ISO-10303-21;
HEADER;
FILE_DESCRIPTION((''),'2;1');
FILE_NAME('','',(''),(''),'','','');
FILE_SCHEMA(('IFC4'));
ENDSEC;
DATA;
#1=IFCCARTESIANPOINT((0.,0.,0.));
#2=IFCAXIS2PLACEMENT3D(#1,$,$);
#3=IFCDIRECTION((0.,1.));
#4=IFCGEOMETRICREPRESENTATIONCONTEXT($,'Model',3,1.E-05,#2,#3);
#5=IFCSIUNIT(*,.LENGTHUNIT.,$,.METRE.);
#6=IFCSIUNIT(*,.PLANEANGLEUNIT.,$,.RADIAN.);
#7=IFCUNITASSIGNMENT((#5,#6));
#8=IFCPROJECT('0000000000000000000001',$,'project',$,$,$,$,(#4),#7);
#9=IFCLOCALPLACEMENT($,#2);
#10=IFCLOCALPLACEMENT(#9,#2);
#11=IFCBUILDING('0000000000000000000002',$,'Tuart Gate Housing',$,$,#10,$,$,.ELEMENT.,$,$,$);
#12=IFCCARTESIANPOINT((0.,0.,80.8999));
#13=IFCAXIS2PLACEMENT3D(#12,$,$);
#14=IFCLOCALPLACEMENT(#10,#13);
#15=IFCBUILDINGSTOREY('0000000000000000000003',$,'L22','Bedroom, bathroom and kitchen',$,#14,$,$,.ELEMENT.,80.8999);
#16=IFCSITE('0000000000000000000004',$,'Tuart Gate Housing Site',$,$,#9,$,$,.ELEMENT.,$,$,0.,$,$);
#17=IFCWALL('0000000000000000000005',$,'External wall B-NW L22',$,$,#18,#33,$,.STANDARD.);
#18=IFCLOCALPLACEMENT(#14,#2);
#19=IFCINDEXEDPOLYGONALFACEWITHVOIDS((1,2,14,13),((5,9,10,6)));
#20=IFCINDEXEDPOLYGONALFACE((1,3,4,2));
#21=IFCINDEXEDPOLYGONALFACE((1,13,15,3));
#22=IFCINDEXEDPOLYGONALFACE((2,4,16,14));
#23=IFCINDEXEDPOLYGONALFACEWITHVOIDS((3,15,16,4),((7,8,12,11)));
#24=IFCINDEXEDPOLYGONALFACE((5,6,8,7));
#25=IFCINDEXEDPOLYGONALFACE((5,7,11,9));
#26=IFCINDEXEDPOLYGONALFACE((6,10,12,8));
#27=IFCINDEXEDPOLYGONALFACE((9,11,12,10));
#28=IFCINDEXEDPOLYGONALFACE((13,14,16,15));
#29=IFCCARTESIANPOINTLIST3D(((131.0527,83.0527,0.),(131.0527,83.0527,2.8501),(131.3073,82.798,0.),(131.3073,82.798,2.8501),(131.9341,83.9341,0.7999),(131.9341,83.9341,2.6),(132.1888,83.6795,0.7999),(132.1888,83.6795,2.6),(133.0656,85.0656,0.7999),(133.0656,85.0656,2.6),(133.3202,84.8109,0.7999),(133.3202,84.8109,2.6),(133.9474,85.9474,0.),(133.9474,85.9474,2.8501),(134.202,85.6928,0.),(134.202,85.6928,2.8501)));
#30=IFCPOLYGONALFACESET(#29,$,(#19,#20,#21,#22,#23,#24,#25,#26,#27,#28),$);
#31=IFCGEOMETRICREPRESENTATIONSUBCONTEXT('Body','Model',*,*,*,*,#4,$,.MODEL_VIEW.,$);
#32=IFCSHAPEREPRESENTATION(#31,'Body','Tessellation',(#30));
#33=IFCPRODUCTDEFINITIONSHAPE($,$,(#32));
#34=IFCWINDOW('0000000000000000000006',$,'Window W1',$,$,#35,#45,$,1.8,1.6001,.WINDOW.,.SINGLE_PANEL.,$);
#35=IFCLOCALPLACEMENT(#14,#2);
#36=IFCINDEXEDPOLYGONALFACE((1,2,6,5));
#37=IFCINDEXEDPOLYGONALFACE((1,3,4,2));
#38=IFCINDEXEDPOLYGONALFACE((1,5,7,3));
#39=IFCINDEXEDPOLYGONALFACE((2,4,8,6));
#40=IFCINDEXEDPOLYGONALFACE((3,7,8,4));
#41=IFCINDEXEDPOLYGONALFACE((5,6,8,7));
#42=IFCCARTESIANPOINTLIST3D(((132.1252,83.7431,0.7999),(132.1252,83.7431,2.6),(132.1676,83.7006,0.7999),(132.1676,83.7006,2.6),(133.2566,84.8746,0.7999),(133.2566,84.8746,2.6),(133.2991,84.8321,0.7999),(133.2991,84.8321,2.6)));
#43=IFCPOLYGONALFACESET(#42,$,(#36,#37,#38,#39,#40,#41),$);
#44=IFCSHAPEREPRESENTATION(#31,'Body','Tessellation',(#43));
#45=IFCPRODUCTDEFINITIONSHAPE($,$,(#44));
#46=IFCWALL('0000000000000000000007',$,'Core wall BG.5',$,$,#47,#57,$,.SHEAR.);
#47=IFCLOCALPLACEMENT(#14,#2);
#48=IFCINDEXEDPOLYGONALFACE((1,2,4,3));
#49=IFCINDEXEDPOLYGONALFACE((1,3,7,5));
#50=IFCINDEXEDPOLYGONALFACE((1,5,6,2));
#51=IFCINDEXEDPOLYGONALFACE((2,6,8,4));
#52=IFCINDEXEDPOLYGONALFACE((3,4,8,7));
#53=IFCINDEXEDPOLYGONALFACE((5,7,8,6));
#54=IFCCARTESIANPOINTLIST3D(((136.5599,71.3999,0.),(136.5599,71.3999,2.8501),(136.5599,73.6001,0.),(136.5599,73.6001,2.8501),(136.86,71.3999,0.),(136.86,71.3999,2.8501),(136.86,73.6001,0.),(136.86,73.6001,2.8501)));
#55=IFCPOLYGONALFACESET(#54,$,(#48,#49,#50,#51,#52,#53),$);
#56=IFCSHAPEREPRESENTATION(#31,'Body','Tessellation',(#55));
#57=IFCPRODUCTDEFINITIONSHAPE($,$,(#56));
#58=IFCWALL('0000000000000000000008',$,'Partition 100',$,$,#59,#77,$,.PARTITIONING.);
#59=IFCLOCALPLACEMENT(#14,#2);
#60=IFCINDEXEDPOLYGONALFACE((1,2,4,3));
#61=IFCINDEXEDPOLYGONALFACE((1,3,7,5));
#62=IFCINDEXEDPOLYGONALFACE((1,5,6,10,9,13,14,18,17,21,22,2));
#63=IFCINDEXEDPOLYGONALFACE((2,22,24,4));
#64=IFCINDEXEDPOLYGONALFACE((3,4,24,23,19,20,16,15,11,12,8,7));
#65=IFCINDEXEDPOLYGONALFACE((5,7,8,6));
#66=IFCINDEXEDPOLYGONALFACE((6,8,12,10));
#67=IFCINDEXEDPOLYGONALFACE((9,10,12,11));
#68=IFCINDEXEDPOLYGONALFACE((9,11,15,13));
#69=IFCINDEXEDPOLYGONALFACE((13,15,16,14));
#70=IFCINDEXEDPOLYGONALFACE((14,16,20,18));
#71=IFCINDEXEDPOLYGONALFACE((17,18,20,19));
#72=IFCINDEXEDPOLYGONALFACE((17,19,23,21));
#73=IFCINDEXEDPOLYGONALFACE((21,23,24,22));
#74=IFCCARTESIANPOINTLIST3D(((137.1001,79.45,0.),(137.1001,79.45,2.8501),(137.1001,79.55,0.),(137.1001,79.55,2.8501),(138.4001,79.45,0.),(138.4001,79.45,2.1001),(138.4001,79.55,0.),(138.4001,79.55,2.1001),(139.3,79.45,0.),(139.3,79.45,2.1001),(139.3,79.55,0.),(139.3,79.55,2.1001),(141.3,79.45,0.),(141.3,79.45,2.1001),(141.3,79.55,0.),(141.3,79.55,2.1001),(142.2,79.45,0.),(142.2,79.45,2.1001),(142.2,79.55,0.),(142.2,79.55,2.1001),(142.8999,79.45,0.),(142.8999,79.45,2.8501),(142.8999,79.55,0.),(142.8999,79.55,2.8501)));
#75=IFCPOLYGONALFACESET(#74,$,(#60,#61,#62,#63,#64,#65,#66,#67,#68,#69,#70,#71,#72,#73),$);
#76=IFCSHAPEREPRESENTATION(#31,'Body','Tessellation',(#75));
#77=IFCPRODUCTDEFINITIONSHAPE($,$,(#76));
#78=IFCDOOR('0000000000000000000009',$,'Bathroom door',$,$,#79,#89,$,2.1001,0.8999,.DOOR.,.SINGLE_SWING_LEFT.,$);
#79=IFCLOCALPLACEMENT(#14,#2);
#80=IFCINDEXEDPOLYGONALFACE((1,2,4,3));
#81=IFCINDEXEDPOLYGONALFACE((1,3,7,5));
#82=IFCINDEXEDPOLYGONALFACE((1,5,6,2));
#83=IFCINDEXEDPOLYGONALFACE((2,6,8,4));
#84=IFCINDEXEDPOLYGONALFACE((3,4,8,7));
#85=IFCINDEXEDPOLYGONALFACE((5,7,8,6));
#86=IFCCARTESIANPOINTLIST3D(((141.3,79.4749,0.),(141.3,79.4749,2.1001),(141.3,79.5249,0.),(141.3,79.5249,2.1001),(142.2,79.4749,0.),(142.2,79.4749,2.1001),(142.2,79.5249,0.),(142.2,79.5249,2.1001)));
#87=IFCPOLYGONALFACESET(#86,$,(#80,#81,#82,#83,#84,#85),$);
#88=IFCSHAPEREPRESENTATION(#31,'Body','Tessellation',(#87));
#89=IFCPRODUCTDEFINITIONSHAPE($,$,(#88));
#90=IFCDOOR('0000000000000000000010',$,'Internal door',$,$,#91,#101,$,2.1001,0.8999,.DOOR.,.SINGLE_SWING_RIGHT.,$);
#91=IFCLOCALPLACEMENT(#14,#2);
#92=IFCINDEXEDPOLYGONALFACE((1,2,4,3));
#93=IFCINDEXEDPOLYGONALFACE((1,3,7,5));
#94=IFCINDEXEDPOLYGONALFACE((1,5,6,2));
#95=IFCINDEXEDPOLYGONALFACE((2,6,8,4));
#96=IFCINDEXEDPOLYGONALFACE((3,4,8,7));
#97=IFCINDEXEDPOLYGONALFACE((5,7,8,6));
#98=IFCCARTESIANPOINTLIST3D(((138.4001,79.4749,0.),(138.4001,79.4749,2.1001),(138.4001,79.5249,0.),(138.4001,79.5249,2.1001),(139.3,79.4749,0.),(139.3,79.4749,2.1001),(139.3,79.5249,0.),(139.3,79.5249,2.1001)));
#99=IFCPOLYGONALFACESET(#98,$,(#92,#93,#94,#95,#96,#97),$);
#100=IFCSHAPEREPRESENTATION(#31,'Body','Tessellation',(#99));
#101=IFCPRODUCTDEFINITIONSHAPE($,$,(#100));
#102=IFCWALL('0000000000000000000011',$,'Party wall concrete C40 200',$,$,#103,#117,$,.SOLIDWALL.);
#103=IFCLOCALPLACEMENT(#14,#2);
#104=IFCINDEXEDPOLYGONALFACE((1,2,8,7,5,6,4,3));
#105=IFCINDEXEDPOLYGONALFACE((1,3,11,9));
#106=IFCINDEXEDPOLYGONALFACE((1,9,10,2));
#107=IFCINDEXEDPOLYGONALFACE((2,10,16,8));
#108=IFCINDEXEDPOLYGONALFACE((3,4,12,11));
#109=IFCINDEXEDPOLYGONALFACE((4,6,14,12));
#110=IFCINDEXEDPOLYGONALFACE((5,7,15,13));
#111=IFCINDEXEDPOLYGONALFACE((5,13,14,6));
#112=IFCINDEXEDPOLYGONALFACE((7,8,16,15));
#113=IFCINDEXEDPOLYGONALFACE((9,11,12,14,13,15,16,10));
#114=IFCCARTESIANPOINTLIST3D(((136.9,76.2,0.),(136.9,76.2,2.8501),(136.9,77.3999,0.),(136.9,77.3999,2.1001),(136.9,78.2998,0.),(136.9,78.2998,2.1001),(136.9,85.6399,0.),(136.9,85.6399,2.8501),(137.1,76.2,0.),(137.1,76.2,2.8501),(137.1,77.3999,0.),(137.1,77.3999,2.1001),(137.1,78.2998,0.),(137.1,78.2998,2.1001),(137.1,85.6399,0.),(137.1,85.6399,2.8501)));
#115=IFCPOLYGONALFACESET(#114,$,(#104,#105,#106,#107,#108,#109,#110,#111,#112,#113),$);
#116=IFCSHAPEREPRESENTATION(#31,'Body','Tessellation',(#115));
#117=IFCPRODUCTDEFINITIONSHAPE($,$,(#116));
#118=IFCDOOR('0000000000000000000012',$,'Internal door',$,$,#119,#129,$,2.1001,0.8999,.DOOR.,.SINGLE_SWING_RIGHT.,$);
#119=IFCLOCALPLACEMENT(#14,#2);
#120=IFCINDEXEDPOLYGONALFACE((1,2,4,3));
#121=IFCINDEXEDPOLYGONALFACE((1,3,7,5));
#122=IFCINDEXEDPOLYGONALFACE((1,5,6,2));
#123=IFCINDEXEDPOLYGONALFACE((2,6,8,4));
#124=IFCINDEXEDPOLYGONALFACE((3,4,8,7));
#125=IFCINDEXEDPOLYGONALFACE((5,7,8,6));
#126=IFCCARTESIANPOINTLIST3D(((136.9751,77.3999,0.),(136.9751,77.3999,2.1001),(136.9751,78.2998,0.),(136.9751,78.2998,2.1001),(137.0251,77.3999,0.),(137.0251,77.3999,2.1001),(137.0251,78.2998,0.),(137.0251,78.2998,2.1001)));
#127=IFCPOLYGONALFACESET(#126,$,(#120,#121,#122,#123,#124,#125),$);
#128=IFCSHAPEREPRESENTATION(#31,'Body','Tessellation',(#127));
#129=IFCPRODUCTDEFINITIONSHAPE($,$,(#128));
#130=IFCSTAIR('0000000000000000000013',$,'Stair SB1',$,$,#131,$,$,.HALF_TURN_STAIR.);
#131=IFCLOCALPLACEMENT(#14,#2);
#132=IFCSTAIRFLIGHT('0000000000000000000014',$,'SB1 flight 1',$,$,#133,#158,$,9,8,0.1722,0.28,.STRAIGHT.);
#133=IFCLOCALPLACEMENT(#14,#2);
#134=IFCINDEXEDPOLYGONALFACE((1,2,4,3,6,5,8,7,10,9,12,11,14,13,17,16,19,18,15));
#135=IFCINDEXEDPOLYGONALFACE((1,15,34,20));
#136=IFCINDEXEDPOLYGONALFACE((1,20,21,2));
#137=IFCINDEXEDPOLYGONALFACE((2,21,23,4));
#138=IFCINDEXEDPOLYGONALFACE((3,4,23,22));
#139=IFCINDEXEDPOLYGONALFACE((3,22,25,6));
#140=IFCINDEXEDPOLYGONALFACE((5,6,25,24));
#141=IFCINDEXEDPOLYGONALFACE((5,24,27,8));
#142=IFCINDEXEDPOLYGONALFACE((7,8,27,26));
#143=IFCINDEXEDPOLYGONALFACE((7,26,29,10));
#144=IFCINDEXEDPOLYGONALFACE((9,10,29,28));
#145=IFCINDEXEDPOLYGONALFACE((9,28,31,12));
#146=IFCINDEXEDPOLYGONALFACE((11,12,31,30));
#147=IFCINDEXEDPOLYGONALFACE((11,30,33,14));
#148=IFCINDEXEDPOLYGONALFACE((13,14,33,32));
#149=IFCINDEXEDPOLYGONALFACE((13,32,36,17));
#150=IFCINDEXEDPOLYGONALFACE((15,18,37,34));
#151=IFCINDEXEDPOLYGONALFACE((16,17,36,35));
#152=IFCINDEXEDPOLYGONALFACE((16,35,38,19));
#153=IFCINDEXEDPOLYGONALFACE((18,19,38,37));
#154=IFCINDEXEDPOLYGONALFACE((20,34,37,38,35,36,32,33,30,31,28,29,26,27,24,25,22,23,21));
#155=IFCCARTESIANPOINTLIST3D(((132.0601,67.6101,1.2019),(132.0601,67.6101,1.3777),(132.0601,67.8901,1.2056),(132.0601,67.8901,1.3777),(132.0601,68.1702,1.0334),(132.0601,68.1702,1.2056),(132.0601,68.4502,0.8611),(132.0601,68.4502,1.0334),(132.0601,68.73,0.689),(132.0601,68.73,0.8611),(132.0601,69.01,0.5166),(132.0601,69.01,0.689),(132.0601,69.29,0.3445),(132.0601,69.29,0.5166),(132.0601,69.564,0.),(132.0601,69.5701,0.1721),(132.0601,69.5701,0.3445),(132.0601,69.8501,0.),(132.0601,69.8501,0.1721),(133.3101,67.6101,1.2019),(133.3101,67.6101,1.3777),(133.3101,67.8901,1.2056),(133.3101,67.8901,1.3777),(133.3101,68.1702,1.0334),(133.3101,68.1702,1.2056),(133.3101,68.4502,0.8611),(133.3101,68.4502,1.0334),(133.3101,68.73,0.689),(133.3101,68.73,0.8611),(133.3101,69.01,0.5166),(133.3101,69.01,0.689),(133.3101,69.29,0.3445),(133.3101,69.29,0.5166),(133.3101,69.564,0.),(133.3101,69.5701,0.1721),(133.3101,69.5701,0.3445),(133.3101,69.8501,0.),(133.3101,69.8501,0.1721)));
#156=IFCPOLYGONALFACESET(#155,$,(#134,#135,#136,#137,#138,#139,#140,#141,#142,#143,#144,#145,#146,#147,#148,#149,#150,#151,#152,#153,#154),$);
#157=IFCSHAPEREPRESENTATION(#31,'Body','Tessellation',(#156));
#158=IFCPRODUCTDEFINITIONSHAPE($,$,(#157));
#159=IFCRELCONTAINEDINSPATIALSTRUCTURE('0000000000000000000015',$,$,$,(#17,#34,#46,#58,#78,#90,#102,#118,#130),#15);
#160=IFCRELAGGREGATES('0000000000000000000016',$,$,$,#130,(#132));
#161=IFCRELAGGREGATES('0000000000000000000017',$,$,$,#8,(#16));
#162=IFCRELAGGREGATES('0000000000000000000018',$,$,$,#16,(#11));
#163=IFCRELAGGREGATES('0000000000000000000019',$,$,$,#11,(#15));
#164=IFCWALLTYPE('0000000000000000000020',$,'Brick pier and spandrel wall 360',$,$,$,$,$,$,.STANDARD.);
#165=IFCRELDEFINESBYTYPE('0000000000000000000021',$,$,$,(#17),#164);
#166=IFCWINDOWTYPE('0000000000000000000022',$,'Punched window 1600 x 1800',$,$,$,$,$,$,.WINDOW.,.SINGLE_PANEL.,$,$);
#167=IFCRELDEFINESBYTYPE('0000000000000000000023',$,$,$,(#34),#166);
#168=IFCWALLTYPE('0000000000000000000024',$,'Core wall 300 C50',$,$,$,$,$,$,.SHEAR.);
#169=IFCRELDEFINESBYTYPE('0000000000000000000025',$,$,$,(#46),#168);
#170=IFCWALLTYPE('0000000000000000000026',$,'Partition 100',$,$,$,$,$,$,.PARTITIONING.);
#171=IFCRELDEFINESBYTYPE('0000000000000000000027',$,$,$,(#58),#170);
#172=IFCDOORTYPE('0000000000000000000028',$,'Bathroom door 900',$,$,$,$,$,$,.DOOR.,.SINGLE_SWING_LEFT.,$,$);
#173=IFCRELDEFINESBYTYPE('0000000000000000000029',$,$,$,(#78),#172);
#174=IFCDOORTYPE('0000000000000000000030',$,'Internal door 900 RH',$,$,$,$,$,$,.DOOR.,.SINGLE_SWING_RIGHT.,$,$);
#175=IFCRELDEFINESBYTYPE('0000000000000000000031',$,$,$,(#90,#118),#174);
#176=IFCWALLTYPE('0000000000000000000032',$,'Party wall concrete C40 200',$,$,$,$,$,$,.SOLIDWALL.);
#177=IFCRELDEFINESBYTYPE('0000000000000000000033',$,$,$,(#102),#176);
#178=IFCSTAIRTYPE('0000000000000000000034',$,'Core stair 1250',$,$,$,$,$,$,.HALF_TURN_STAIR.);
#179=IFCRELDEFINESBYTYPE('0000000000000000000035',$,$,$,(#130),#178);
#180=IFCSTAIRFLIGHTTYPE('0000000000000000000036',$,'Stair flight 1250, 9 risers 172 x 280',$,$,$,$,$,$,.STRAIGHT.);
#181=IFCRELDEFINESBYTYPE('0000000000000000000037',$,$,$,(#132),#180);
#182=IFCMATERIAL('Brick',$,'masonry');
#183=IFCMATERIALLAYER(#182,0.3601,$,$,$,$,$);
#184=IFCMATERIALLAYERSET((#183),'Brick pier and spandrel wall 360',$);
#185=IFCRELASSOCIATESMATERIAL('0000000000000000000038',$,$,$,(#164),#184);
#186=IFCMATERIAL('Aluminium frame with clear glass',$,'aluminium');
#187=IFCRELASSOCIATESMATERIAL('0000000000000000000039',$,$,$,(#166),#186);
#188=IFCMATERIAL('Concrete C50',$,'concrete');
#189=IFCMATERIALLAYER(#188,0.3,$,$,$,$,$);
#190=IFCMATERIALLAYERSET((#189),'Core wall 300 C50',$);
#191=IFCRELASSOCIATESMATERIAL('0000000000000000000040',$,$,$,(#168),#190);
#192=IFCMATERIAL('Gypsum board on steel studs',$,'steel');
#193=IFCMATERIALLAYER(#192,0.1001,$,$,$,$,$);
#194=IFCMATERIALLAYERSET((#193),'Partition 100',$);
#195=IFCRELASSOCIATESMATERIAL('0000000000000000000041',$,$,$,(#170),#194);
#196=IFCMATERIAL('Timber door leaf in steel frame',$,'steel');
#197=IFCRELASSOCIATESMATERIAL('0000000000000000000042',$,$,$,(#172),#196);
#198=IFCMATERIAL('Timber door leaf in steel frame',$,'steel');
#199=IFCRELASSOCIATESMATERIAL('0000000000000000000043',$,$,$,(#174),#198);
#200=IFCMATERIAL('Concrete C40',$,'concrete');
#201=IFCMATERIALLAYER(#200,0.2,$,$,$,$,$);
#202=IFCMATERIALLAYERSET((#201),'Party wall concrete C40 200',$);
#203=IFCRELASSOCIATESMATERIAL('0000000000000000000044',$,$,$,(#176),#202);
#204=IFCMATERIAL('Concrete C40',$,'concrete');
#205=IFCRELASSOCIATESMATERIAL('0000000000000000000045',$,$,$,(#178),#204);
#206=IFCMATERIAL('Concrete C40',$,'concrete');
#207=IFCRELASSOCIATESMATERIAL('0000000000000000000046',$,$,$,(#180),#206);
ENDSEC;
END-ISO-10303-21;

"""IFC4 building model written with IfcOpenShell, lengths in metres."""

from ifc_helpers import new_model, si_unit, direction, frame, frame_2d, origin, place, context, subcontext, project, spatial, polyline, rectangle, outline, extrude, material, layer, layer_set, type_object, element, fill, aggregate, save


model = new_model("IFC4")

# Units and contexts
model_context = context("Model", 3, precision=1e-05, world=origin(), true_north=direction((0.0, 1.0)))
body_context = subcontext(model_context, "Body", "Model", "MODEL_VIEW")
ifc_project = project(units=[si_unit("LENGTHUNIT", "METRE"), si_unit("PLANEANGLEUNIT", "RADIAN")], contexts=[model_context])

# Site, building, storey
site_placement = place(None, origin())
site = spatial("IfcSite", under=ifc_project, at=site_placement, Name="Tuart Gate Housing Site", CompositionType="ELEMENT", RefElevation=0.0)
building_placement = place(site_placement, origin())
building = spatial("IfcBuilding", under=site, at=building_placement, Name="Tuart Gate Housing", CompositionType="ELEMENT")
storey_placement = place(building_placement, frame((0.0, 0.0, 80.8999)))
storey = spatial("IfcBuildingStorey", under=building, at=storey_placement, Name="L22", Description="Bedroom, bathroom and kitchen", CompositionType="ELEMENT", Elevation=80.8999)

# Wall, opening, window
ifc_material_1 = material(Name="Brick", Category="masonry")
ifc_layer_1 = layer(ifc_material_1, 0.3601)
ifc_layer_set_1 = layer_set([ifc_layer_1], Name="Brick pier and spandrel wall 360")
wall_type_1 = type_object("IfcWallType", Name="Brick pier and spandrel wall 360", PredefinedType="STANDARD", material=ifc_layer_set_1)
wall_1_placement = place(storey_placement, frame((134.0747, 85.8201, 0.0), z_axis=(0.0, 0.0, 1.0), x_axis=(-0.707107, -0.707107, 0.0)))
wall_1 = element("IfcWall", 1, at=wall_1_placement, inside=storey, type_object=wall_type_1, Name="External wall B-NW L22", PredefinedType="STANDARD", context=body_context, shape_type="SweptSolid", body=[
    extrude(rectangle(XDim=4.0938, YDim=0.3601, at=frame_2d((2.0469, 0.0))), origin(), (0.0, 0.0, 1.0), 2.8501),
])
opening_1_placement = place(wall_1_placement, frame((1.2471, 0.0, 0.8)))
opening_1 = element("IfcOpeningElement", 2, at=opening_1_placement, cuts=wall_1, PredefinedType="OPENING", context=body_context, shape_type="SweptSolid", body=[
    extrude(rectangle(XDim=1.6001, YDim=1.8, at=frame_2d((0.8, 0.8999))), frame((0.0, 0.1899, 0.0), z_axis=(0.0, -1.0, 0.0), x_axis=(1.0, 0.0, 0.0)), (0.0, 0.0, 1.0), 0.3801),
])
ifc_material_2 = material(Name="Aluminium frame with clear glass", Category="aluminium")
window_type = type_object("IfcWindowType", Name="Punched window 1600 x 1800", PartitioningType="SINGLE_PANEL", PredefinedType="WINDOW", material=ifc_material_2)
window_placement = place(opening_1_placement, origin())
window = element("IfcWindow", 3, at=window_placement, inside=storey, type_object=window_type, Name="Window W1", OverallHeight=1.8, OverallWidth=1.6001, PartitioningType="SINGLE_PANEL", PredefinedType="WINDOW", context=body_context, shape_type="SweptSolid", body=[
    extrude(rectangle(XDim=1.6001, YDim=1.8, at=frame_2d((0.8, 0.8999))), frame((0.0, 0.1501, 0.0), z_axis=(0.0, -1.0, 0.0), x_axis=(1.0, 0.0, 0.0)), (0.0, 0.0, 1.0), 0.0601),
])
fill(opening_1, window)

# Wall
ifc_material_3 = material(Name="Concrete C50", Category="concrete")
ifc_layer_2 = layer(ifc_material_3, 0.3)
ifc_layer_set_2 = layer_set([ifc_layer_2], Name="Core wall 300 C50")
wall_type_2 = type_object("IfcWallType", Name="Core wall 300 C50", PredefinedType="SHEAR", material=ifc_layer_set_2)
wall_2_placement = place(storey_placement, frame((136.71, 71.3999, 0.0), z_axis=(0.0, 0.0, 1.0), x_axis=(0.0, 1.0, 0.0)))
element("IfcWall", 4, at=wall_2_placement, inside=storey, type_object=wall_type_2, Name="Core wall BG.5", PredefinedType="SHEAR", context=body_context, shape_type="SweptSolid", body=[
    extrude(rectangle(XDim=2.2002, YDim=0.3, at=frame_2d((1.1001, 0.0))), origin(), (0.0, 0.0, 1.0), 2.8501),
])

# Wall, openings, doors
ifc_material_4 = material(Name="Gypsum board on steel studs", Category="steel")
ifc_layer_3 = layer(ifc_material_4, 0.1001)
ifc_layer_set_3 = layer_set([ifc_layer_3], Name="Partition 100")
wall_type_3 = type_object("IfcWallType", Name="Partition 100", PredefinedType="PARTITIONING", material=ifc_layer_set_3)
wall_3_placement = place(storey_placement, frame((137.1001, 79.5, 0.0), z_axis=(0.0, 0.0, 1.0), x_axis=(1.0, 0.0, 0.0)))
wall_3 = element("IfcWall", 5, at=wall_3_placement, inside=storey, type_object=wall_type_3, Name="Partition 100", PredefinedType="PARTITIONING", context=body_context, shape_type="SweptSolid", body=[
    extrude(rectangle(XDim=5.7998, YDim=0.1001, at=frame_2d((2.8999, 0.0))), origin(), (0.0, 0.0, 1.0), 2.8501),
])
opening_2_placement = place(wall_3_placement, frame((1.3, 0.0, 0.0)))
opening_2 = element("IfcOpeningElement", 6, at=opening_2_placement, cuts=wall_3, PredefinedType="OPENING", context=body_context, shape_type="SweptSolid", body=[
    extrude(rectangle(XDim=0.8999, YDim=2.1001, at=frame_2d((0.45, 1.05))), frame((0.0, 0.0601, 0.0), z_axis=(0.0, -1.0, 0.0), x_axis=(1.0, 0.0, 0.0)), (0.0, 0.0, 1.0), 0.1201),
])
opening_3_placement = place(wall_3_placement, frame((4.2, 0.0, 0.0)))
opening_3 = element("IfcOpeningElement", 7, at=opening_3_placement, cuts=wall_3, PredefinedType="OPENING", context=body_context, shape_type="SweptSolid", body=[
    extrude(rectangle(XDim=0.8999, YDim=2.1001, at=frame_2d((0.45, 1.05))), frame((0.0, 0.0601, 0.0), z_axis=(0.0, -1.0, 0.0), x_axis=(1.0, 0.0, 0.0)), (0.0, 0.0, 1.0), 0.1201),
])
ifc_material_5 = material(Name="Timber door leaf in steel frame", Category="steel")
door_type_1 = type_object("IfcDoorType", Name="Bathroom door 900", OperationType="SINGLE_SWING_LEFT", PredefinedType="DOOR", material=ifc_material_5)
door_1_placement = place(opening_3_placement, origin())
door_1 = element("IfcDoor", 8, at=door_1_placement, inside=storey, type_object=door_type_1, Name="Bathroom door", OperationType="SINGLE_SWING_LEFT", OverallHeight=2.1001, OverallWidth=0.8999, PredefinedType="DOOR", context=body_context, shape_type="SweptSolid", body=[
    extrude(rectangle(XDim=0.8999, YDim=2.1001, at=frame_2d((0.45, 1.05))), frame((0.0, 0.0249, 0.0), z_axis=(0.0, -1.0, 0.0), x_axis=(1.0, 0.0, 0.0)), (0.0, 0.0, 1.0), 0.05),
])
fill(opening_3, door_1)
ifc_material_6 = material(Name="Timber door leaf in steel frame", Category="steel")
door_type_2 = type_object("IfcDoorType", Name="Internal door 900 RH", OperationType="SINGLE_SWING_RIGHT", PredefinedType="DOOR", material=ifc_material_6)
door_2_placement = place(opening_2_placement, origin())
door_2 = element("IfcDoor", 9, at=door_2_placement, inside=storey, type_object=door_type_2, Name="Internal door", OperationType="SINGLE_SWING_RIGHT", OverallHeight=2.1001, OverallWidth=0.8999, PredefinedType="DOOR", context=body_context, shape_type="SweptSolid", body=[
    extrude(rectangle(XDim=0.8999, YDim=2.1001, at=frame_2d((0.45, 1.05))), frame((0.0, 0.0249, 0.0), z_axis=(0.0, -1.0, 0.0), x_axis=(1.0, 0.0, 0.0)), (0.0, 0.0, 1.0), 0.05),
])
fill(opening_2, door_2)

# Wall, opening, door
ifc_material_7 = material(Name="Concrete C40", Category="concrete")
ifc_layer_4 = layer(ifc_material_7, 0.2)
ifc_layer_set_4 = layer_set([ifc_layer_4], Name="Party wall concrete C40 200")
wall_type_4 = type_object("IfcWallType", Name="Party wall concrete C40 200", PredefinedType="SOLIDWALL", material=ifc_layer_set_4)
wall_4_placement = place(storey_placement, frame((137.0, 76.2, 0.0), z_axis=(0.0, 0.0, 1.0), x_axis=(0.0, 1.0, 0.0)))
wall_4 = element("IfcWall", 10, at=wall_4_placement, inside=storey, type_object=wall_type_4, Name="Party wall concrete C40 200", PredefinedType="SOLIDWALL", context=body_context, shape_type="SweptSolid", body=[
    extrude(rectangle(XDim=9.4399, YDim=0.2, at=frame_2d((4.72, 0.0))), origin(), (0.0, 0.0, 1.0), 2.8501),
])
opening_4_placement = place(wall_4_placement, frame((1.2, 0.0, 0.0)))
opening_4 = element("IfcOpeningElement", 11, at=opening_4_placement, cuts=wall_4, PredefinedType="OPENING", context=body_context, shape_type="SweptSolid", body=[
    extrude(rectangle(XDim=0.8999, YDim=2.1001, at=frame_2d((0.45, 1.05))), frame((0.0, 0.1099, 0.0), z_axis=(0.0, -1.0, 0.0), x_axis=(1.0, 0.0, 0.0)), (0.0, 0.0, 1.0), 0.22),
])
door_3_placement = place(opening_4_placement, frame((0.8999, 0.0, 0.0), z_axis=(0.0, 0.0, 1.0), x_axis=(-1.0, 0.0, 0.0)))
door_3 = element("IfcDoor", 12, at=door_3_placement, inside=storey, type_object=door_type_2, Name="Internal door", OperationType="SINGLE_SWING_RIGHT", OverallHeight=2.1001, OverallWidth=0.8999, PredefinedType="DOOR", context=body_context, shape_type="SweptSolid", body=[
    extrude(rectangle(XDim=0.8999, YDim=2.1001, at=frame_2d((0.45, 1.05))), frame((0.0, 0.0251, 0.0), z_axis=(0.0, -1.0, 0.0), x_axis=(1.0, 0.0, 0.0)), (0.0, 0.0, 1.0), 0.05),
])
fill(opening_4, door_3)

# Stair, stair flight
ifc_material_8 = material(Name="Concrete C40", Category="concrete")
stair_type = type_object("IfcStairType", Name="Core stair 1250", PredefinedType="HALF_TURN_STAIR", material=ifc_material_8)
stair_placement = place(storey_placement, origin())
stair = element("IfcStair", 13, at=stair_placement, inside=storey, type_object=stair_type, Name="Stair SB1", PredefinedType="HALF_TURN_STAIR")
ifc_material_9 = material(Name="Concrete C40", Category="concrete")
stair_flight_type = type_object("IfcStairFlightType", Name="Stair flight 1250, 9 risers 172 x 280", PredefinedType="STRAIGHT", material=ifc_material_9)
stair_flight_1_placement = place(storey_placement, frame((132.6851, 69.8501, 0.0), z_axis=(0.0, 0.0, 1.0), x_axis=(0.0, -1.0, 0.0)))
stair_flight_1 = element("IfcStairFlight", 14, at=stair_flight_1_placement, type_object=stair_flight_type, Name="SB1 flight 1", NumberOfRisers=9, NumberOfTreads=8, PredefinedType="STRAIGHT", RiserHeight=0.1722, TreadLength=0.28, context=body_context, shape_type="SweptSolid", body=[
    extrude(outline(polyline([(0.0, 0.0), (0.0, 0.1721), (0.28, 0.1721), (0.28, 0.3445), (0.5601, 0.3445), (0.5601, 0.5166), (0.8401, 0.5166), (0.8401, 0.689), (1.1201, 0.689), (1.1201, 0.8611), (1.3999, 0.8611), (1.3999, 1.0334), (1.6799, 1.0334), (1.6799, 1.2056), (1.96, 1.2056), (1.96, 1.3777), (2.24, 1.3777), (2.24, 1.55), (2.24, 1.2019), (0.2861, 0.0), (0.0, 0.0)])), frame((0.0, 0.625, 0.0), z_axis=(0.0, -1.0, 0.0), x_axis=(1.0, 0.0, 0.0)), (0.0, 0.0, 1.0), 1.25),
])
aggregate(stair, [stair_flight_1])

save(model, "model.ifc")
